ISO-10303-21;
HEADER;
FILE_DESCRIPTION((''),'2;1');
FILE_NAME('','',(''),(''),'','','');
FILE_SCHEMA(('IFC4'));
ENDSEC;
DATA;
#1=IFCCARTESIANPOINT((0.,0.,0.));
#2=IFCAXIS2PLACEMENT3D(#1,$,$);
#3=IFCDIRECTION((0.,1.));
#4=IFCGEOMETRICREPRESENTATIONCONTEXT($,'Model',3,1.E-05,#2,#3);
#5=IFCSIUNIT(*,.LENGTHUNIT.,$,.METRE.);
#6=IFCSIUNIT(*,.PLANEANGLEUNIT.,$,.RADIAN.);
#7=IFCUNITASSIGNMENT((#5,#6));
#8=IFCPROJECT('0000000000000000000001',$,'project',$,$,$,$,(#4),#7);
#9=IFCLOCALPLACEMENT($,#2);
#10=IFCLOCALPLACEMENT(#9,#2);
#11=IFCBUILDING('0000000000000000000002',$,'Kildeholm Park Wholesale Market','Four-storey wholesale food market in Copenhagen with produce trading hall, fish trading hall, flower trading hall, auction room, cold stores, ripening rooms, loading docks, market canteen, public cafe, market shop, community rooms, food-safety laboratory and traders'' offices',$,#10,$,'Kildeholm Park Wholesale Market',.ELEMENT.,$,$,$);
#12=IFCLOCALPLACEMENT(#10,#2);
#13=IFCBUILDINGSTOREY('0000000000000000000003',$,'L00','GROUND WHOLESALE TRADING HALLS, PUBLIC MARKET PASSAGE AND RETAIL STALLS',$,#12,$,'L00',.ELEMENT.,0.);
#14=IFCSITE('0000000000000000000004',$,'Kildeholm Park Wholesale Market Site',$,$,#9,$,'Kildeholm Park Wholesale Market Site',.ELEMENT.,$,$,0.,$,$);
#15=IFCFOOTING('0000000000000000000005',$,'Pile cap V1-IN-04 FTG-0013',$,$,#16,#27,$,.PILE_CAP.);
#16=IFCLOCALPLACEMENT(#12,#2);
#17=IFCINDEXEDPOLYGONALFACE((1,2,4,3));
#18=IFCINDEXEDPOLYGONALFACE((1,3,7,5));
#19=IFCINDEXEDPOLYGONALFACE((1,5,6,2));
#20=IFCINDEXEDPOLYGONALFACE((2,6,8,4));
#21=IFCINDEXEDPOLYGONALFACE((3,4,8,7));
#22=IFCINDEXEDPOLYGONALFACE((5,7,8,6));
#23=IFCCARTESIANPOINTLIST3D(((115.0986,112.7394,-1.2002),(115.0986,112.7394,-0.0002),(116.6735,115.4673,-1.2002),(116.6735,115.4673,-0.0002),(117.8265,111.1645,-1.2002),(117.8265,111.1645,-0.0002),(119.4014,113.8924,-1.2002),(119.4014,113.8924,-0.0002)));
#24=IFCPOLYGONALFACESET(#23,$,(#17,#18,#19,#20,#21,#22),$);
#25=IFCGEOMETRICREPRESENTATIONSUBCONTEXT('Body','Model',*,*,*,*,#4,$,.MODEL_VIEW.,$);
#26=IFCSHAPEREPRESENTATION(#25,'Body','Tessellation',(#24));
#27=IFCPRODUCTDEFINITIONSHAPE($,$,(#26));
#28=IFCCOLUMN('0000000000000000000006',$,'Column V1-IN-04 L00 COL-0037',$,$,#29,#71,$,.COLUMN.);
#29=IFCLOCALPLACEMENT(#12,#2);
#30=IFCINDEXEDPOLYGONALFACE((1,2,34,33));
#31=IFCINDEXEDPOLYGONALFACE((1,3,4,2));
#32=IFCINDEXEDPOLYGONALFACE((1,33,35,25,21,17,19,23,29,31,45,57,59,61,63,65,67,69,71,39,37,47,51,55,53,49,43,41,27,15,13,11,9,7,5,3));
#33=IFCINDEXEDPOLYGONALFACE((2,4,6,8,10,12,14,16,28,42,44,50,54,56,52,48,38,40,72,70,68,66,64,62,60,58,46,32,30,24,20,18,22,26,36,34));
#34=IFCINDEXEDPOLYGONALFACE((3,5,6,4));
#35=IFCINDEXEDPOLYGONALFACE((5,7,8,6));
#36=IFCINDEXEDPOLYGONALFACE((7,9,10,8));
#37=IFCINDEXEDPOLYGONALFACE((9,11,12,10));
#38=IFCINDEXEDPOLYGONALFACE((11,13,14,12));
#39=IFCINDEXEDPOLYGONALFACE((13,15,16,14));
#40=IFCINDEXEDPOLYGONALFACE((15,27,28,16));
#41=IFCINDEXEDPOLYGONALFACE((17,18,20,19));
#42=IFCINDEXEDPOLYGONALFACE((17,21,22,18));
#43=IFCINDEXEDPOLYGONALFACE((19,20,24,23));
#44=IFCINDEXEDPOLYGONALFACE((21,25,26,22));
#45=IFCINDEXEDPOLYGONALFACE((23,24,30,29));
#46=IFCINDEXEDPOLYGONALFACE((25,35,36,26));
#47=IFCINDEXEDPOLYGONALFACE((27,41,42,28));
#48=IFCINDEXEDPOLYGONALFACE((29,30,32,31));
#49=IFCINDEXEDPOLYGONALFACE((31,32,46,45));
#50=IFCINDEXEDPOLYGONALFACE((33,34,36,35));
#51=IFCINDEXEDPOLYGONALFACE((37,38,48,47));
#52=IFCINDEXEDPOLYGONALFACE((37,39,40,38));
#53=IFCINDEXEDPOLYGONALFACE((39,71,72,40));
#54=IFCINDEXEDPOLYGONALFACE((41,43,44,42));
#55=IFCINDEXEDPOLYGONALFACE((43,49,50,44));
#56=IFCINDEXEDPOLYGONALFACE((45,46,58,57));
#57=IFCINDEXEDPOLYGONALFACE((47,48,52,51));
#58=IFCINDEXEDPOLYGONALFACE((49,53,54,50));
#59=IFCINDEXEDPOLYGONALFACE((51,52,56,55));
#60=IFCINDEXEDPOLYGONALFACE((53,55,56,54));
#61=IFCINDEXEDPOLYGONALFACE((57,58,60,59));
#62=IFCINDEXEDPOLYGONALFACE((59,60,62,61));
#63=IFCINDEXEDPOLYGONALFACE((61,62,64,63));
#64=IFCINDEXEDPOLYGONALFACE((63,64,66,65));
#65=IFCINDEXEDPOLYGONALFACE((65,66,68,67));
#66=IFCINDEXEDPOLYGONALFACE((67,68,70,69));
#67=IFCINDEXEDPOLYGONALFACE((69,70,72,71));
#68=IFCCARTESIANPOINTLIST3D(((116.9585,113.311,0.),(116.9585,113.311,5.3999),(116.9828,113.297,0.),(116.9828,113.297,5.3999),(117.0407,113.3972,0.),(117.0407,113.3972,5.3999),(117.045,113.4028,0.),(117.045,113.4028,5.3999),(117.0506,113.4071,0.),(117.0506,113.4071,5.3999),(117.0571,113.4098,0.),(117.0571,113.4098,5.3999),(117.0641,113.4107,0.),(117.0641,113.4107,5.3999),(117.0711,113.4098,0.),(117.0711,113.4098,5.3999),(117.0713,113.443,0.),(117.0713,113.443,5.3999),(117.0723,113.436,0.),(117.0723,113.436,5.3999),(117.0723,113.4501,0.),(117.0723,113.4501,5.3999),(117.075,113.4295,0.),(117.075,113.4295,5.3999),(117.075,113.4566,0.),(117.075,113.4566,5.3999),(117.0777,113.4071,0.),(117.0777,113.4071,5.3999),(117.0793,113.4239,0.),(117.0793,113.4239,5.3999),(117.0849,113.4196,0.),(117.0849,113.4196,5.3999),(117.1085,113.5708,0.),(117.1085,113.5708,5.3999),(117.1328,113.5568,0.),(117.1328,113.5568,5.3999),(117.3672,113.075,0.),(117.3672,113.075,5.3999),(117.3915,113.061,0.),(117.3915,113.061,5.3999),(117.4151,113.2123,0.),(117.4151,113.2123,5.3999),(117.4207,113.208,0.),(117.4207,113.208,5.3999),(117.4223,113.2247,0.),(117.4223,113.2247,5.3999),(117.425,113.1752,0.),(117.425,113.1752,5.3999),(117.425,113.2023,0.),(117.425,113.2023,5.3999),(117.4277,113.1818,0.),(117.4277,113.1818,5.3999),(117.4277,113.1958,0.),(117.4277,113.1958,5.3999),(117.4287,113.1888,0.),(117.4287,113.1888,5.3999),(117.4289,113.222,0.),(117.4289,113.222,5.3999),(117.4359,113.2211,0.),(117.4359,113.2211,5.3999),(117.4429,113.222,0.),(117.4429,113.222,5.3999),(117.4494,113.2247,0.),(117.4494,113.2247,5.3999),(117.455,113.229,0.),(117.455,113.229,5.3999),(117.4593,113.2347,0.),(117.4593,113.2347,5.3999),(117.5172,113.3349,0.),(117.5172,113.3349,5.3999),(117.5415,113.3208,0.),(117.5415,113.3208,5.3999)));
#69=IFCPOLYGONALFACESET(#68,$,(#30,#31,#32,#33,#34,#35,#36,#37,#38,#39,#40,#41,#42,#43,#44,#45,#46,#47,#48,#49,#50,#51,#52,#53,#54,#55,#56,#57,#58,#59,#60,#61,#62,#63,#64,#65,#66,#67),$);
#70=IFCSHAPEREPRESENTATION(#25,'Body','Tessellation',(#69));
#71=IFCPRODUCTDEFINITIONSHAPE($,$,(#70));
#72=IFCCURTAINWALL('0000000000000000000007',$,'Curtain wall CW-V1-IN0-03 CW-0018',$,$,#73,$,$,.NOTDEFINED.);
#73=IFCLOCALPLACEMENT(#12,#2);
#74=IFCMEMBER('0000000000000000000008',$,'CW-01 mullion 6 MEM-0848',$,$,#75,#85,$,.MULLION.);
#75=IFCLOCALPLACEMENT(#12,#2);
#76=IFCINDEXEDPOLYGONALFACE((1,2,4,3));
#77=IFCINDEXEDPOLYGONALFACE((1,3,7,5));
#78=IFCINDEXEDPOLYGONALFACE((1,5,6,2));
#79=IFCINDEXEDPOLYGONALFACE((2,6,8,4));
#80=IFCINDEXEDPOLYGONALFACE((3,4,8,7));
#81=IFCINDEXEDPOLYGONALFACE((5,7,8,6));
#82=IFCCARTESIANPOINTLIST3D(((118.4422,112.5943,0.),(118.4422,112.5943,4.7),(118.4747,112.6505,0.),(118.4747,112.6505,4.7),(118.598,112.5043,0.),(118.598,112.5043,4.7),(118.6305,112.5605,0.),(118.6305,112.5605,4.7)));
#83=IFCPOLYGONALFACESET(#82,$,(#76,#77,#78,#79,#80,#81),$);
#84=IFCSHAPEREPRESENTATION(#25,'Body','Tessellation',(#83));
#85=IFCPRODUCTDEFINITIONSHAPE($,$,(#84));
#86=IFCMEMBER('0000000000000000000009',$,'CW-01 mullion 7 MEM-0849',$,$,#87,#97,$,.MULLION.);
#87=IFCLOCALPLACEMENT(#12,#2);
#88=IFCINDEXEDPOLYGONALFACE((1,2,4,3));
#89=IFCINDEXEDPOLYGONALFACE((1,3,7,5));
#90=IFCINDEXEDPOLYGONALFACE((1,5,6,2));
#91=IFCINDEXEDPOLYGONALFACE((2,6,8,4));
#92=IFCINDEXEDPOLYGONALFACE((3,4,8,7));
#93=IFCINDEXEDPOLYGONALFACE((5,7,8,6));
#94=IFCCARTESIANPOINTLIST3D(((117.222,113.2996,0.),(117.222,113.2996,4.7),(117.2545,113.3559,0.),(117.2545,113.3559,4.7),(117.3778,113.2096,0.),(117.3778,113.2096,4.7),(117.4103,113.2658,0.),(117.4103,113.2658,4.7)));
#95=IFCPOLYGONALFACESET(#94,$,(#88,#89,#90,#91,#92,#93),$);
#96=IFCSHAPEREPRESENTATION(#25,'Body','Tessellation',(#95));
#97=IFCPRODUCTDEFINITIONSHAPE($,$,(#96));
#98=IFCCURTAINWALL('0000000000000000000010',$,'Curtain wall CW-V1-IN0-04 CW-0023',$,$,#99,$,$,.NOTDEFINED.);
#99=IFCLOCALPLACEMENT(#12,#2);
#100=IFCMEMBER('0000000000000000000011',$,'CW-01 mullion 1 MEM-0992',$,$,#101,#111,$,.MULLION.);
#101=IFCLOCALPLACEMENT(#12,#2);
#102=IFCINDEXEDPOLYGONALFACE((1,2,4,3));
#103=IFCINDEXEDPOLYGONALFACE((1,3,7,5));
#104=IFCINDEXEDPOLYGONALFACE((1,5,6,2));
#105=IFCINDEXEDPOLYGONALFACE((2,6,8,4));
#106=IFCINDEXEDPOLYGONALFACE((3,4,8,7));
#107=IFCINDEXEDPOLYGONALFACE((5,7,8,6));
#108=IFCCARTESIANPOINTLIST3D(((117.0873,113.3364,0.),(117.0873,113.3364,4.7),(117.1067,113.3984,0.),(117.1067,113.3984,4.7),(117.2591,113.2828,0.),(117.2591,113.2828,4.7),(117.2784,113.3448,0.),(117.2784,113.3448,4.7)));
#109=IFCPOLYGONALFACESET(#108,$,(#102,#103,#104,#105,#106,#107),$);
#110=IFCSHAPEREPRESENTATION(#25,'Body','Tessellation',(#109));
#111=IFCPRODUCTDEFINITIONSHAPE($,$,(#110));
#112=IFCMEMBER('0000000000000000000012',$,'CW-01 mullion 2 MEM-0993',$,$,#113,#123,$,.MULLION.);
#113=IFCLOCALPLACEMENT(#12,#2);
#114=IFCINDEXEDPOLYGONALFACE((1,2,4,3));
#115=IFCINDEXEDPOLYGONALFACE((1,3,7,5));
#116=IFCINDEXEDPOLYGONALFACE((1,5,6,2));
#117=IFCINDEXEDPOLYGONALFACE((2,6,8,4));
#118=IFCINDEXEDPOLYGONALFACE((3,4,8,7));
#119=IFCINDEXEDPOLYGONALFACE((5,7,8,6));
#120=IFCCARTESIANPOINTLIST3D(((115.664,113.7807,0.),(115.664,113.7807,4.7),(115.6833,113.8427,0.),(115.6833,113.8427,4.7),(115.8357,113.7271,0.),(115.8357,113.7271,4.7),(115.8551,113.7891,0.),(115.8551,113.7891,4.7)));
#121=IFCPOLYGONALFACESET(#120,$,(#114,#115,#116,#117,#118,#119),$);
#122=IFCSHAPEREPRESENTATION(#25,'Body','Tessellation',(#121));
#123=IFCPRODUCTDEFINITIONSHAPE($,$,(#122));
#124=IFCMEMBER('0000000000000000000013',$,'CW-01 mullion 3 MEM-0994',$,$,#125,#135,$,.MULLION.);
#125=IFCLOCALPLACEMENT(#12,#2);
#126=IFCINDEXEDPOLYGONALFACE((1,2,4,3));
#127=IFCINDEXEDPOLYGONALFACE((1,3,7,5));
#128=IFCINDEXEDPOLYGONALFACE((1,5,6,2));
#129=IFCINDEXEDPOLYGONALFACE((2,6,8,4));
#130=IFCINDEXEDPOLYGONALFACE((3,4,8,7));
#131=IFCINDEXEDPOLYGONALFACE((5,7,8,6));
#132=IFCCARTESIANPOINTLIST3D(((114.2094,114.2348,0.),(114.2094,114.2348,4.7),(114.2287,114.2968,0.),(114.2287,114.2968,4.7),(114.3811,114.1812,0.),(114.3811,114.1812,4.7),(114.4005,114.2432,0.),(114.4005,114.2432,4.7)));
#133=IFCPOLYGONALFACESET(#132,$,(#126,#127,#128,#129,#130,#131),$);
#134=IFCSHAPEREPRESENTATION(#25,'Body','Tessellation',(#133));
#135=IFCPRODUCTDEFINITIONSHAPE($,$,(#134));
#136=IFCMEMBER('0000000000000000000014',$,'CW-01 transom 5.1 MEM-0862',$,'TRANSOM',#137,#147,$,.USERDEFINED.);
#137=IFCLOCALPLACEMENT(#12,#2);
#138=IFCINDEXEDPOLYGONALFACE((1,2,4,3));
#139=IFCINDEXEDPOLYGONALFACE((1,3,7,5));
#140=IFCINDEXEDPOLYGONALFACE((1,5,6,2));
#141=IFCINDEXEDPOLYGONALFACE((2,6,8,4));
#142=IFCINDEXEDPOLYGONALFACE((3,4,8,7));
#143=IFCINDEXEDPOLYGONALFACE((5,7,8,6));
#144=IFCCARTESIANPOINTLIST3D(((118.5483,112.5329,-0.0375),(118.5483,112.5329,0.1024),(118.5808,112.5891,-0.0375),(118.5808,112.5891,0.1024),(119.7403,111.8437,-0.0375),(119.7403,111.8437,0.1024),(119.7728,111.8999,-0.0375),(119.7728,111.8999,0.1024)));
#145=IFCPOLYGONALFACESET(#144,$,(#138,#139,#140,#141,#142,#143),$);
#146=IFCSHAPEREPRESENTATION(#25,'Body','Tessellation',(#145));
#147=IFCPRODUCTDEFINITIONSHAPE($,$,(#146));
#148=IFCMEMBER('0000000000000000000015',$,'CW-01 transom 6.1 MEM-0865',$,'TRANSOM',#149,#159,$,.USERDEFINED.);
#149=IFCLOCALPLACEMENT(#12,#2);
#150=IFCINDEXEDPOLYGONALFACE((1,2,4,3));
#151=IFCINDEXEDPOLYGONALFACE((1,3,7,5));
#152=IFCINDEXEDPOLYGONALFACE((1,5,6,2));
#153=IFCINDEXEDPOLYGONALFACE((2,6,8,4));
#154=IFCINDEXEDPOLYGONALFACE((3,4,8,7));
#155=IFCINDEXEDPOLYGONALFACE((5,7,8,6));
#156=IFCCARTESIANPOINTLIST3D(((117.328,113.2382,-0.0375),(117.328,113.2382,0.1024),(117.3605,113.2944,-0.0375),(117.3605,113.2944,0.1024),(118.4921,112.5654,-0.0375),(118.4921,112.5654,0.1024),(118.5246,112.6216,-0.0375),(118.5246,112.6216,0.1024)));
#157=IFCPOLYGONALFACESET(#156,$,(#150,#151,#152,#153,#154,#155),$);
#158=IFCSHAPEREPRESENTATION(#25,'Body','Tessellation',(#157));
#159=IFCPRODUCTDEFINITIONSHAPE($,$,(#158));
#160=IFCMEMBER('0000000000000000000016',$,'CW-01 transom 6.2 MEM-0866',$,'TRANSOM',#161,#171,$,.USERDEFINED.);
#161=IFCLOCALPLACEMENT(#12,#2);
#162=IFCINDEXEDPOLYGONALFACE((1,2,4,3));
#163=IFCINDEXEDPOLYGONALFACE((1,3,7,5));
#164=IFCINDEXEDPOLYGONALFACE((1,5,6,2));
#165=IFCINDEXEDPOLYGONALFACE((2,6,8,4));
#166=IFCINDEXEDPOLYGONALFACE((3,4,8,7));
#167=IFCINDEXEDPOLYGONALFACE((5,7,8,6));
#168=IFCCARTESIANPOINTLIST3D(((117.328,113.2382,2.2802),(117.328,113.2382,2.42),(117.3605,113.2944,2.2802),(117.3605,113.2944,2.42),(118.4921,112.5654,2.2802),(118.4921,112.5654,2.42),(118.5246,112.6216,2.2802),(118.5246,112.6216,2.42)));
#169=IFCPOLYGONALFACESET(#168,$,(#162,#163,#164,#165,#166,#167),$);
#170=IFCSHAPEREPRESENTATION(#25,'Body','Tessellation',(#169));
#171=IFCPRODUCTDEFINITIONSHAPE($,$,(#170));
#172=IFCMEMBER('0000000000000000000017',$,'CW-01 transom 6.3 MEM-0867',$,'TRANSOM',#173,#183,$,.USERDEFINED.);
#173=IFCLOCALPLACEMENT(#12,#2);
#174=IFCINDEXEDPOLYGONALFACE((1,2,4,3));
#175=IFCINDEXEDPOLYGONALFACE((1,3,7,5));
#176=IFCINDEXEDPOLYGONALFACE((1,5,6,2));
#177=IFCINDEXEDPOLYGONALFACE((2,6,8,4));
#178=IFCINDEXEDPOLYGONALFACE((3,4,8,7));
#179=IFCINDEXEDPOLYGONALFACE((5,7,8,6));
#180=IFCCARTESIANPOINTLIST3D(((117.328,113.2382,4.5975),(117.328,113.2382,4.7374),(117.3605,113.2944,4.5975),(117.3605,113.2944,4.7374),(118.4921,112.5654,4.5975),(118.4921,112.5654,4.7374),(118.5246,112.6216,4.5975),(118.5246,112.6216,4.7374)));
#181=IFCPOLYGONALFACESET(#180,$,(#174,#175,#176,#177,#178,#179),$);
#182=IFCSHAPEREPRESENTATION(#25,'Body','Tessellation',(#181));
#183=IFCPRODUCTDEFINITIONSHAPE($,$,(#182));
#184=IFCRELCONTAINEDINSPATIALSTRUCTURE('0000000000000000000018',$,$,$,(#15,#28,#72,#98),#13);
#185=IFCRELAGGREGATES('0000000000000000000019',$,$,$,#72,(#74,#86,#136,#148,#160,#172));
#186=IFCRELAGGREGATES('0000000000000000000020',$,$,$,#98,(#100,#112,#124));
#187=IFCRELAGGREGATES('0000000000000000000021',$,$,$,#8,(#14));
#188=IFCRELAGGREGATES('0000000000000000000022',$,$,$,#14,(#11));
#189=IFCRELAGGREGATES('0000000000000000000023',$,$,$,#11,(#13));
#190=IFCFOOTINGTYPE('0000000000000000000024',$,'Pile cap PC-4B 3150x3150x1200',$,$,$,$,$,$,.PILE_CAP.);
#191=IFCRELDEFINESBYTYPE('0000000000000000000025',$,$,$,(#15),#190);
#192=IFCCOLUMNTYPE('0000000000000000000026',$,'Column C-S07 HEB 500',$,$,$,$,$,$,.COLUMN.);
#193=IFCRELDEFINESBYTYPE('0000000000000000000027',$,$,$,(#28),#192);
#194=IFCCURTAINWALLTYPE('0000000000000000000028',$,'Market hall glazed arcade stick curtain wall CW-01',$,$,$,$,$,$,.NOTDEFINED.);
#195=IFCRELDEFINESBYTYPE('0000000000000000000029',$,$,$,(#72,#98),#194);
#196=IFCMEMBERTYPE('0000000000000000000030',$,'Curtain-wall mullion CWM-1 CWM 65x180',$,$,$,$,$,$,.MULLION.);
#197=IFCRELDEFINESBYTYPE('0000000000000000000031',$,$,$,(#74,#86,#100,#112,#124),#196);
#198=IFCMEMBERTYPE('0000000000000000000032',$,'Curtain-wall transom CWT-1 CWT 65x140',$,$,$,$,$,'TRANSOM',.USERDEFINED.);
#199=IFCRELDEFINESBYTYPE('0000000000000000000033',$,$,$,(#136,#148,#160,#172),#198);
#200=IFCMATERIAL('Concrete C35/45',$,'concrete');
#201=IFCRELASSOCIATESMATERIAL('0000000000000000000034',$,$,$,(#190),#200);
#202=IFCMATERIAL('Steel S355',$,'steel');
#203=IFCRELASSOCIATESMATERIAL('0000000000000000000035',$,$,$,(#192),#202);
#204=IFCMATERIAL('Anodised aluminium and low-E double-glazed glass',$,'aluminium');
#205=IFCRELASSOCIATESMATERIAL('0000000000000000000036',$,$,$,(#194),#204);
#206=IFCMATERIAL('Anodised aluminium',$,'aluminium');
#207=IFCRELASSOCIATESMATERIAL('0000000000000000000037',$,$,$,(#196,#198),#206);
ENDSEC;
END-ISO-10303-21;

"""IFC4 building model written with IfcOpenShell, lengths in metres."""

from ifc_helpers import new_model, si_unit, direction, frame, origin, origin_2d, place, context, subcontext, project, spatial, rectangle, i_section, extrude, material, material_profile, profile_set, type_object, element, aggregate, save


model = new_model("IFC4")

# Units and contexts
model_context = context("Model", 3, precision=1e-05, world=origin(), true_north=direction((0.0, 1.0)))
body_context = subcontext(model_context, "Body", "Model", "MODEL_VIEW")
ifc_project = project(units=[si_unit("LENGTHUNIT", "METRE"), si_unit("PLANEANGLEUNIT", "RADIAN")], contexts=[model_context])

# Site, building, storey
site_placement = place(None, origin())
site = spatial("IfcSite", under=ifc_project, at=site_placement, Name="Kildeholm Park Wholesale Market Site", LongName="Kildeholm Park Wholesale Market Site", CompositionType="ELEMENT", RefElevation=0.0)
building_placement = place(site_placement, origin())
building = spatial("IfcBuilding", under=site, at=building_placement, Name="Kildeholm Park Wholesale Market", Description="Four-storey wholesale food market in Copenhagen with produce trading hall, fish trading hall, flower trading hall, auction room, cold stores, ripening rooms, loading docks, market canteen, public cafe, market shop, community rooms, food-safety laboratory and traders' offices", LongName="Kildeholm Park Wholesale Market", CompositionType="ELEMENT")
storey_placement = place(building_placement, origin())
storey = spatial("IfcBuildingStorey", under=building, at=storey_placement, Name="L00", Description="GROUND WHOLESALE TRADING HALLS, PUBLIC MARKET PASSAGE AND RETAIL STALLS", LongName="L00", CompositionType="ELEMENT", Elevation=0.0)

# Shared definitions
ifc_material_1 = material(Name="Concrete C35/45", Category="concrete")

# Footing
footing_type_1 = type_object("IfcFootingType", Name="Pile cap PC-4B 3150x3150x1200", PredefinedType="PILE_CAP", material=ifc_material_1)
footing_1_placement = place(storey_placement, frame((117.25, 113.3159, -1.2002), z_axis=(0.0, 0.0, 1.0), x_axis=(0.5, 0.866025, 0.0)))
element("IfcFooting", 1, at=footing_1_placement, inside=storey, type_object=footing_type_1, Name="Pile cap V1-IN-04 FTG-0013", PredefinedType="PILE_CAP", context=body_context, shape_type="SweptSolid", body=[
    extrude(rectangle(XDim=3.1499, YDim=3.1499, at=origin_2d()), origin(), (0.0, 0.0, 1.0), 1.2),
])

# Column
ifc_material_2 = material(Name="Steel S355", Category="steel")
ifc_material_profile_1 = material_profile(ifc_material_2, i_section(OverallWidth=0.3, OverallDepth=0.5, WebThickness=0.0144, FlangeThickness=0.0281, FilletRadius=0.0271, at=origin_2d()), Name="HEB 500")
ifc_profile_set_1 = profile_set([ifc_material_profile_1], Name="Steel S355")
column_type = type_object("IfcColumnType", Name="Column C-S07 HEB 500", PredefinedType="COLUMN", material=ifc_profile_set_1)
column_placement = place(storey_placement, frame((117.25, 113.3159, 0.0), z_axis=(0.0, 0.0, 1.0), x_axis=(0.5, 0.866025, 0.0)))
element("IfcColumn", 2, at=column_placement, inside=storey, type_object=column_type, Name="Column V1-IN-04 L00 COL-0037", PredefinedType="COLUMN", context=body_context, shape_type="SweptSolid", body=[
    extrude(i_section(OverallWidth=0.3, OverallDepth=0.5, WebThickness=0.0144, FlangeThickness=0.0281, FilletRadius=0.0271, at=origin_2d()), origin(), (0.0, 0.0, 1.0), 5.3999),
])

# Curtain walls, members
ifc_material_3 = material(Name="Anodised aluminium and low-E double-glazed glass", Category="aluminium")
curtain_wall_type = type_object("IfcCurtainWallType", Name="Market hall glazed arcade stick curtain wall CW-01", PredefinedType="NOTDEFINED", material=ifc_material_3)
curtain_wall_1_placement = place(storey_placement, origin())
curtain_wall_1 = element("IfcCurtainWall", 3, at=curtain_wall_1_placement, inside=storey, type_object=curtain_wall_type, Name="Curtain wall CW-V1-IN0-03 CW-0018", PredefinedType="NOTDEFINED")
ifc_material_4 = material(Name="Anodised aluminium", Category="aluminium")
ifc_material_profile_2 = material_profile(ifc_material_4, rectangle(XDim=0.0649, YDim=0.1799, at=origin_2d()), Name="CWM 65x180")
ifc_profile_set_2 = profile_set([ifc_material_profile_2], Name="Anodised aluminium")
member_type_1 = type_object("IfcMemberType", Name="Curtain-wall mullion CWM-1 CWM 65x180", PredefinedType="MULLION", material=ifc_profile_set_2)
member_1_placement = place(storey_placement, frame((118.5364, 112.5774, 0.0), z_axis=(0.0, 0.0, 1.0), x_axis=(-0.500489, -0.865743, 0.0)))
member_1 = element("IfcMember", 4, at=member_1_placement, type_object=member_type_1, Name="CW-01 mullion 6 MEM-0848", PredefinedType="MULLION", context=body_context, shape_type="SweptSolid", body=[
    extrude(rectangle(XDim=0.0649, YDim=0.1799, at=origin_2d()), origin(), (0.0, 0.0, 1.0), 4.7),
])
member_2_placement = place(storey_placement, frame((117.3162, 113.2827, 0.0), z_axis=(0.0, 0.0, 1.0), x_axis=(-0.500489, -0.865743, 0.0)))
member_2 = element("IfcMember", 5, at=member_2_placement, type_object=member_type_1, Name="CW-01 mullion 7 MEM-0849", PredefinedType="MULLION", context=body_context, shape_type="SweptSolid", body=[
    extrude(rectangle(XDim=0.0649, YDim=0.1799, at=origin_2d()), origin(), (0.0, 0.0, 1.0), 4.7),
])
curtain_wall_2_placement = place(storey_placement, origin())
curtain_wall_2 = element("IfcCurtainWall", 6, at=curtain_wall_2_placement, inside=storey, type_object=curtain_wall_type, Name="Curtain wall CW-V1-IN0-04 CW-0023", PredefinedType="NOTDEFINED")
member_3_placement = place(storey_placement, frame((117.1829, 113.3406, 0.0), z_axis=(0.0, 0.0, 1.0), x_axis=(-0.297957, -0.954579, 0.0)))
member_3 = element("IfcMember", 7, at=member_3_placement, type_object=member_type_1, Name="CW-01 mullion 1 MEM-0992", PredefinedType="MULLION", context=body_context, shape_type="SweptSolid", body=[
    extrude(rectangle(XDim=0.0649, YDim=0.1799, at=origin_2d()), origin(), (0.0, 0.0, 1.0), 4.7),
])
member_4_placement = place(storey_placement, frame((115.7595, 113.7849, 0.0), z_axis=(0.0, 0.0, 1.0), x_axis=(-0.297957, -0.954579, 0.0)))
member_4 = element("IfcMember", 8, at=member_4_placement, type_object=member_type_1, Name="CW-01 mullion 2 MEM-0993", PredefinedType="MULLION", context=body_context, shape_type="SweptSolid", body=[
    extrude(rectangle(XDim=0.0649, YDim=0.1799, at=origin_2d()), origin(), (0.0, 0.0, 1.0), 4.7),
])
member_5_placement = place(storey_placement, frame((114.3049, 114.239, 0.0), z_axis=(0.0, 0.0, 1.0), x_axis=(-0.297957, -0.954579, 0.0)))
member_5 = element("IfcMember", 9, at=member_5_placement, type_object=member_type_1, Name="CW-01 mullion 3 MEM-0994", PredefinedType="MULLION", context=body_context, shape_type="SweptSolid", body=[
    extrude(rectangle(XDim=0.0649, YDim=0.1799, at=origin_2d()), origin(), (0.0, 0.0, 1.0), 4.7),
])

# Members
ifc_material_profile_3 = material_profile(ifc_material_4, rectangle(XDim=0.0649, YDim=0.1399, at=origin_2d()), Name="CWT 65x140")
ifc_profile_set_3 = profile_set([ifc_material_profile_3], Name="Anodised aluminium")
member_type_2 = type_object("IfcMemberType", Name="Curtain-wall transom CWT-1 CWT 65x140", ElementType="TRANSOM", PredefinedType="USERDEFINED", material=ifc_profile_set_3)
member_6_placement = place(storey_placement, frame((119.7566, 111.8718, 0.0325), z_axis=(-0.865734, 0.500505, 0.0), x_axis=(-0.500505, -0.865734, 0.0)))
member_6 = element("IfcMember", 10, at=member_6_placement, type_object=member_type_2, Name="CW-01 transom 5.1 MEM-0862", ObjectType="TRANSOM", PredefinedType="USERDEFINED", context=body_context, shape_type="SweptSolid", body=[
    extrude(rectangle(XDim=0.0649, YDim=0.1399, at=origin_2d()), origin(), (0.0, 0.0, 1.0), 1.377),
])
member_7_placement = place(storey_placement, frame((118.5083, 112.5935, 0.0325), z_axis=(-0.865774, 0.500435, 0.0), x_axis=(-0.500435, -0.865774, 0.0)))
member_7 = element("IfcMember", 11, at=member_7_placement, type_object=member_type_2, Name="CW-01 transom 6.1 MEM-0865", ObjectType="TRANSOM", PredefinedType="USERDEFINED", context=body_context, shape_type="SweptSolid", body=[
    extrude(rectangle(XDim=0.0649, YDim=0.1399, at=origin_2d()), origin(), (0.0, 0.0, 1.0), 1.3445),
])
member_8_placement = place(storey_placement, frame((118.5083, 112.5935, 2.3501), z_axis=(-0.865774, 0.500435, 0.0), x_axis=(-0.500435, -0.865774, 0.0)))
member_8 = element("IfcMember", 12, at=member_8_placement, type_object=member_type_2, Name="CW-01 transom 6.2 MEM-0866", ObjectType="TRANSOM", PredefinedType="USERDEFINED", context=body_context, shape_type="SweptSolid", body=[
    extrude(rectangle(XDim=0.0649, YDim=0.1399, at=origin_2d()), origin(), (0.0, 0.0, 1.0), 1.3445),
])
member_9_placement = place(storey_placement, frame((118.5083, 112.5935, 4.6675), z_axis=(-0.865774, 0.500435, 0.0), x_axis=(-0.500435, -0.865774, 0.0)))
member_9 = element("IfcMember", 13, at=member_9_placement, type_object=member_type_2, Name="CW-01 transom 6.3 MEM-0867", ObjectType="TRANSOM", PredefinedType="USERDEFINED", context=body_context, shape_type="SweptSolid", body=[
    extrude(rectangle(XDim=0.0649, YDim=0.1399, at=origin_2d()), origin(), (0.0, 0.0, 1.0), 1.3445),
])

aggregate(curtain_wall_1, [member_1, member_2, member_6, member_7, member_8, member_9])
aggregate(curtain_wall_2, [member_3, member_4, member_5])

save(model, "model.ifc")
